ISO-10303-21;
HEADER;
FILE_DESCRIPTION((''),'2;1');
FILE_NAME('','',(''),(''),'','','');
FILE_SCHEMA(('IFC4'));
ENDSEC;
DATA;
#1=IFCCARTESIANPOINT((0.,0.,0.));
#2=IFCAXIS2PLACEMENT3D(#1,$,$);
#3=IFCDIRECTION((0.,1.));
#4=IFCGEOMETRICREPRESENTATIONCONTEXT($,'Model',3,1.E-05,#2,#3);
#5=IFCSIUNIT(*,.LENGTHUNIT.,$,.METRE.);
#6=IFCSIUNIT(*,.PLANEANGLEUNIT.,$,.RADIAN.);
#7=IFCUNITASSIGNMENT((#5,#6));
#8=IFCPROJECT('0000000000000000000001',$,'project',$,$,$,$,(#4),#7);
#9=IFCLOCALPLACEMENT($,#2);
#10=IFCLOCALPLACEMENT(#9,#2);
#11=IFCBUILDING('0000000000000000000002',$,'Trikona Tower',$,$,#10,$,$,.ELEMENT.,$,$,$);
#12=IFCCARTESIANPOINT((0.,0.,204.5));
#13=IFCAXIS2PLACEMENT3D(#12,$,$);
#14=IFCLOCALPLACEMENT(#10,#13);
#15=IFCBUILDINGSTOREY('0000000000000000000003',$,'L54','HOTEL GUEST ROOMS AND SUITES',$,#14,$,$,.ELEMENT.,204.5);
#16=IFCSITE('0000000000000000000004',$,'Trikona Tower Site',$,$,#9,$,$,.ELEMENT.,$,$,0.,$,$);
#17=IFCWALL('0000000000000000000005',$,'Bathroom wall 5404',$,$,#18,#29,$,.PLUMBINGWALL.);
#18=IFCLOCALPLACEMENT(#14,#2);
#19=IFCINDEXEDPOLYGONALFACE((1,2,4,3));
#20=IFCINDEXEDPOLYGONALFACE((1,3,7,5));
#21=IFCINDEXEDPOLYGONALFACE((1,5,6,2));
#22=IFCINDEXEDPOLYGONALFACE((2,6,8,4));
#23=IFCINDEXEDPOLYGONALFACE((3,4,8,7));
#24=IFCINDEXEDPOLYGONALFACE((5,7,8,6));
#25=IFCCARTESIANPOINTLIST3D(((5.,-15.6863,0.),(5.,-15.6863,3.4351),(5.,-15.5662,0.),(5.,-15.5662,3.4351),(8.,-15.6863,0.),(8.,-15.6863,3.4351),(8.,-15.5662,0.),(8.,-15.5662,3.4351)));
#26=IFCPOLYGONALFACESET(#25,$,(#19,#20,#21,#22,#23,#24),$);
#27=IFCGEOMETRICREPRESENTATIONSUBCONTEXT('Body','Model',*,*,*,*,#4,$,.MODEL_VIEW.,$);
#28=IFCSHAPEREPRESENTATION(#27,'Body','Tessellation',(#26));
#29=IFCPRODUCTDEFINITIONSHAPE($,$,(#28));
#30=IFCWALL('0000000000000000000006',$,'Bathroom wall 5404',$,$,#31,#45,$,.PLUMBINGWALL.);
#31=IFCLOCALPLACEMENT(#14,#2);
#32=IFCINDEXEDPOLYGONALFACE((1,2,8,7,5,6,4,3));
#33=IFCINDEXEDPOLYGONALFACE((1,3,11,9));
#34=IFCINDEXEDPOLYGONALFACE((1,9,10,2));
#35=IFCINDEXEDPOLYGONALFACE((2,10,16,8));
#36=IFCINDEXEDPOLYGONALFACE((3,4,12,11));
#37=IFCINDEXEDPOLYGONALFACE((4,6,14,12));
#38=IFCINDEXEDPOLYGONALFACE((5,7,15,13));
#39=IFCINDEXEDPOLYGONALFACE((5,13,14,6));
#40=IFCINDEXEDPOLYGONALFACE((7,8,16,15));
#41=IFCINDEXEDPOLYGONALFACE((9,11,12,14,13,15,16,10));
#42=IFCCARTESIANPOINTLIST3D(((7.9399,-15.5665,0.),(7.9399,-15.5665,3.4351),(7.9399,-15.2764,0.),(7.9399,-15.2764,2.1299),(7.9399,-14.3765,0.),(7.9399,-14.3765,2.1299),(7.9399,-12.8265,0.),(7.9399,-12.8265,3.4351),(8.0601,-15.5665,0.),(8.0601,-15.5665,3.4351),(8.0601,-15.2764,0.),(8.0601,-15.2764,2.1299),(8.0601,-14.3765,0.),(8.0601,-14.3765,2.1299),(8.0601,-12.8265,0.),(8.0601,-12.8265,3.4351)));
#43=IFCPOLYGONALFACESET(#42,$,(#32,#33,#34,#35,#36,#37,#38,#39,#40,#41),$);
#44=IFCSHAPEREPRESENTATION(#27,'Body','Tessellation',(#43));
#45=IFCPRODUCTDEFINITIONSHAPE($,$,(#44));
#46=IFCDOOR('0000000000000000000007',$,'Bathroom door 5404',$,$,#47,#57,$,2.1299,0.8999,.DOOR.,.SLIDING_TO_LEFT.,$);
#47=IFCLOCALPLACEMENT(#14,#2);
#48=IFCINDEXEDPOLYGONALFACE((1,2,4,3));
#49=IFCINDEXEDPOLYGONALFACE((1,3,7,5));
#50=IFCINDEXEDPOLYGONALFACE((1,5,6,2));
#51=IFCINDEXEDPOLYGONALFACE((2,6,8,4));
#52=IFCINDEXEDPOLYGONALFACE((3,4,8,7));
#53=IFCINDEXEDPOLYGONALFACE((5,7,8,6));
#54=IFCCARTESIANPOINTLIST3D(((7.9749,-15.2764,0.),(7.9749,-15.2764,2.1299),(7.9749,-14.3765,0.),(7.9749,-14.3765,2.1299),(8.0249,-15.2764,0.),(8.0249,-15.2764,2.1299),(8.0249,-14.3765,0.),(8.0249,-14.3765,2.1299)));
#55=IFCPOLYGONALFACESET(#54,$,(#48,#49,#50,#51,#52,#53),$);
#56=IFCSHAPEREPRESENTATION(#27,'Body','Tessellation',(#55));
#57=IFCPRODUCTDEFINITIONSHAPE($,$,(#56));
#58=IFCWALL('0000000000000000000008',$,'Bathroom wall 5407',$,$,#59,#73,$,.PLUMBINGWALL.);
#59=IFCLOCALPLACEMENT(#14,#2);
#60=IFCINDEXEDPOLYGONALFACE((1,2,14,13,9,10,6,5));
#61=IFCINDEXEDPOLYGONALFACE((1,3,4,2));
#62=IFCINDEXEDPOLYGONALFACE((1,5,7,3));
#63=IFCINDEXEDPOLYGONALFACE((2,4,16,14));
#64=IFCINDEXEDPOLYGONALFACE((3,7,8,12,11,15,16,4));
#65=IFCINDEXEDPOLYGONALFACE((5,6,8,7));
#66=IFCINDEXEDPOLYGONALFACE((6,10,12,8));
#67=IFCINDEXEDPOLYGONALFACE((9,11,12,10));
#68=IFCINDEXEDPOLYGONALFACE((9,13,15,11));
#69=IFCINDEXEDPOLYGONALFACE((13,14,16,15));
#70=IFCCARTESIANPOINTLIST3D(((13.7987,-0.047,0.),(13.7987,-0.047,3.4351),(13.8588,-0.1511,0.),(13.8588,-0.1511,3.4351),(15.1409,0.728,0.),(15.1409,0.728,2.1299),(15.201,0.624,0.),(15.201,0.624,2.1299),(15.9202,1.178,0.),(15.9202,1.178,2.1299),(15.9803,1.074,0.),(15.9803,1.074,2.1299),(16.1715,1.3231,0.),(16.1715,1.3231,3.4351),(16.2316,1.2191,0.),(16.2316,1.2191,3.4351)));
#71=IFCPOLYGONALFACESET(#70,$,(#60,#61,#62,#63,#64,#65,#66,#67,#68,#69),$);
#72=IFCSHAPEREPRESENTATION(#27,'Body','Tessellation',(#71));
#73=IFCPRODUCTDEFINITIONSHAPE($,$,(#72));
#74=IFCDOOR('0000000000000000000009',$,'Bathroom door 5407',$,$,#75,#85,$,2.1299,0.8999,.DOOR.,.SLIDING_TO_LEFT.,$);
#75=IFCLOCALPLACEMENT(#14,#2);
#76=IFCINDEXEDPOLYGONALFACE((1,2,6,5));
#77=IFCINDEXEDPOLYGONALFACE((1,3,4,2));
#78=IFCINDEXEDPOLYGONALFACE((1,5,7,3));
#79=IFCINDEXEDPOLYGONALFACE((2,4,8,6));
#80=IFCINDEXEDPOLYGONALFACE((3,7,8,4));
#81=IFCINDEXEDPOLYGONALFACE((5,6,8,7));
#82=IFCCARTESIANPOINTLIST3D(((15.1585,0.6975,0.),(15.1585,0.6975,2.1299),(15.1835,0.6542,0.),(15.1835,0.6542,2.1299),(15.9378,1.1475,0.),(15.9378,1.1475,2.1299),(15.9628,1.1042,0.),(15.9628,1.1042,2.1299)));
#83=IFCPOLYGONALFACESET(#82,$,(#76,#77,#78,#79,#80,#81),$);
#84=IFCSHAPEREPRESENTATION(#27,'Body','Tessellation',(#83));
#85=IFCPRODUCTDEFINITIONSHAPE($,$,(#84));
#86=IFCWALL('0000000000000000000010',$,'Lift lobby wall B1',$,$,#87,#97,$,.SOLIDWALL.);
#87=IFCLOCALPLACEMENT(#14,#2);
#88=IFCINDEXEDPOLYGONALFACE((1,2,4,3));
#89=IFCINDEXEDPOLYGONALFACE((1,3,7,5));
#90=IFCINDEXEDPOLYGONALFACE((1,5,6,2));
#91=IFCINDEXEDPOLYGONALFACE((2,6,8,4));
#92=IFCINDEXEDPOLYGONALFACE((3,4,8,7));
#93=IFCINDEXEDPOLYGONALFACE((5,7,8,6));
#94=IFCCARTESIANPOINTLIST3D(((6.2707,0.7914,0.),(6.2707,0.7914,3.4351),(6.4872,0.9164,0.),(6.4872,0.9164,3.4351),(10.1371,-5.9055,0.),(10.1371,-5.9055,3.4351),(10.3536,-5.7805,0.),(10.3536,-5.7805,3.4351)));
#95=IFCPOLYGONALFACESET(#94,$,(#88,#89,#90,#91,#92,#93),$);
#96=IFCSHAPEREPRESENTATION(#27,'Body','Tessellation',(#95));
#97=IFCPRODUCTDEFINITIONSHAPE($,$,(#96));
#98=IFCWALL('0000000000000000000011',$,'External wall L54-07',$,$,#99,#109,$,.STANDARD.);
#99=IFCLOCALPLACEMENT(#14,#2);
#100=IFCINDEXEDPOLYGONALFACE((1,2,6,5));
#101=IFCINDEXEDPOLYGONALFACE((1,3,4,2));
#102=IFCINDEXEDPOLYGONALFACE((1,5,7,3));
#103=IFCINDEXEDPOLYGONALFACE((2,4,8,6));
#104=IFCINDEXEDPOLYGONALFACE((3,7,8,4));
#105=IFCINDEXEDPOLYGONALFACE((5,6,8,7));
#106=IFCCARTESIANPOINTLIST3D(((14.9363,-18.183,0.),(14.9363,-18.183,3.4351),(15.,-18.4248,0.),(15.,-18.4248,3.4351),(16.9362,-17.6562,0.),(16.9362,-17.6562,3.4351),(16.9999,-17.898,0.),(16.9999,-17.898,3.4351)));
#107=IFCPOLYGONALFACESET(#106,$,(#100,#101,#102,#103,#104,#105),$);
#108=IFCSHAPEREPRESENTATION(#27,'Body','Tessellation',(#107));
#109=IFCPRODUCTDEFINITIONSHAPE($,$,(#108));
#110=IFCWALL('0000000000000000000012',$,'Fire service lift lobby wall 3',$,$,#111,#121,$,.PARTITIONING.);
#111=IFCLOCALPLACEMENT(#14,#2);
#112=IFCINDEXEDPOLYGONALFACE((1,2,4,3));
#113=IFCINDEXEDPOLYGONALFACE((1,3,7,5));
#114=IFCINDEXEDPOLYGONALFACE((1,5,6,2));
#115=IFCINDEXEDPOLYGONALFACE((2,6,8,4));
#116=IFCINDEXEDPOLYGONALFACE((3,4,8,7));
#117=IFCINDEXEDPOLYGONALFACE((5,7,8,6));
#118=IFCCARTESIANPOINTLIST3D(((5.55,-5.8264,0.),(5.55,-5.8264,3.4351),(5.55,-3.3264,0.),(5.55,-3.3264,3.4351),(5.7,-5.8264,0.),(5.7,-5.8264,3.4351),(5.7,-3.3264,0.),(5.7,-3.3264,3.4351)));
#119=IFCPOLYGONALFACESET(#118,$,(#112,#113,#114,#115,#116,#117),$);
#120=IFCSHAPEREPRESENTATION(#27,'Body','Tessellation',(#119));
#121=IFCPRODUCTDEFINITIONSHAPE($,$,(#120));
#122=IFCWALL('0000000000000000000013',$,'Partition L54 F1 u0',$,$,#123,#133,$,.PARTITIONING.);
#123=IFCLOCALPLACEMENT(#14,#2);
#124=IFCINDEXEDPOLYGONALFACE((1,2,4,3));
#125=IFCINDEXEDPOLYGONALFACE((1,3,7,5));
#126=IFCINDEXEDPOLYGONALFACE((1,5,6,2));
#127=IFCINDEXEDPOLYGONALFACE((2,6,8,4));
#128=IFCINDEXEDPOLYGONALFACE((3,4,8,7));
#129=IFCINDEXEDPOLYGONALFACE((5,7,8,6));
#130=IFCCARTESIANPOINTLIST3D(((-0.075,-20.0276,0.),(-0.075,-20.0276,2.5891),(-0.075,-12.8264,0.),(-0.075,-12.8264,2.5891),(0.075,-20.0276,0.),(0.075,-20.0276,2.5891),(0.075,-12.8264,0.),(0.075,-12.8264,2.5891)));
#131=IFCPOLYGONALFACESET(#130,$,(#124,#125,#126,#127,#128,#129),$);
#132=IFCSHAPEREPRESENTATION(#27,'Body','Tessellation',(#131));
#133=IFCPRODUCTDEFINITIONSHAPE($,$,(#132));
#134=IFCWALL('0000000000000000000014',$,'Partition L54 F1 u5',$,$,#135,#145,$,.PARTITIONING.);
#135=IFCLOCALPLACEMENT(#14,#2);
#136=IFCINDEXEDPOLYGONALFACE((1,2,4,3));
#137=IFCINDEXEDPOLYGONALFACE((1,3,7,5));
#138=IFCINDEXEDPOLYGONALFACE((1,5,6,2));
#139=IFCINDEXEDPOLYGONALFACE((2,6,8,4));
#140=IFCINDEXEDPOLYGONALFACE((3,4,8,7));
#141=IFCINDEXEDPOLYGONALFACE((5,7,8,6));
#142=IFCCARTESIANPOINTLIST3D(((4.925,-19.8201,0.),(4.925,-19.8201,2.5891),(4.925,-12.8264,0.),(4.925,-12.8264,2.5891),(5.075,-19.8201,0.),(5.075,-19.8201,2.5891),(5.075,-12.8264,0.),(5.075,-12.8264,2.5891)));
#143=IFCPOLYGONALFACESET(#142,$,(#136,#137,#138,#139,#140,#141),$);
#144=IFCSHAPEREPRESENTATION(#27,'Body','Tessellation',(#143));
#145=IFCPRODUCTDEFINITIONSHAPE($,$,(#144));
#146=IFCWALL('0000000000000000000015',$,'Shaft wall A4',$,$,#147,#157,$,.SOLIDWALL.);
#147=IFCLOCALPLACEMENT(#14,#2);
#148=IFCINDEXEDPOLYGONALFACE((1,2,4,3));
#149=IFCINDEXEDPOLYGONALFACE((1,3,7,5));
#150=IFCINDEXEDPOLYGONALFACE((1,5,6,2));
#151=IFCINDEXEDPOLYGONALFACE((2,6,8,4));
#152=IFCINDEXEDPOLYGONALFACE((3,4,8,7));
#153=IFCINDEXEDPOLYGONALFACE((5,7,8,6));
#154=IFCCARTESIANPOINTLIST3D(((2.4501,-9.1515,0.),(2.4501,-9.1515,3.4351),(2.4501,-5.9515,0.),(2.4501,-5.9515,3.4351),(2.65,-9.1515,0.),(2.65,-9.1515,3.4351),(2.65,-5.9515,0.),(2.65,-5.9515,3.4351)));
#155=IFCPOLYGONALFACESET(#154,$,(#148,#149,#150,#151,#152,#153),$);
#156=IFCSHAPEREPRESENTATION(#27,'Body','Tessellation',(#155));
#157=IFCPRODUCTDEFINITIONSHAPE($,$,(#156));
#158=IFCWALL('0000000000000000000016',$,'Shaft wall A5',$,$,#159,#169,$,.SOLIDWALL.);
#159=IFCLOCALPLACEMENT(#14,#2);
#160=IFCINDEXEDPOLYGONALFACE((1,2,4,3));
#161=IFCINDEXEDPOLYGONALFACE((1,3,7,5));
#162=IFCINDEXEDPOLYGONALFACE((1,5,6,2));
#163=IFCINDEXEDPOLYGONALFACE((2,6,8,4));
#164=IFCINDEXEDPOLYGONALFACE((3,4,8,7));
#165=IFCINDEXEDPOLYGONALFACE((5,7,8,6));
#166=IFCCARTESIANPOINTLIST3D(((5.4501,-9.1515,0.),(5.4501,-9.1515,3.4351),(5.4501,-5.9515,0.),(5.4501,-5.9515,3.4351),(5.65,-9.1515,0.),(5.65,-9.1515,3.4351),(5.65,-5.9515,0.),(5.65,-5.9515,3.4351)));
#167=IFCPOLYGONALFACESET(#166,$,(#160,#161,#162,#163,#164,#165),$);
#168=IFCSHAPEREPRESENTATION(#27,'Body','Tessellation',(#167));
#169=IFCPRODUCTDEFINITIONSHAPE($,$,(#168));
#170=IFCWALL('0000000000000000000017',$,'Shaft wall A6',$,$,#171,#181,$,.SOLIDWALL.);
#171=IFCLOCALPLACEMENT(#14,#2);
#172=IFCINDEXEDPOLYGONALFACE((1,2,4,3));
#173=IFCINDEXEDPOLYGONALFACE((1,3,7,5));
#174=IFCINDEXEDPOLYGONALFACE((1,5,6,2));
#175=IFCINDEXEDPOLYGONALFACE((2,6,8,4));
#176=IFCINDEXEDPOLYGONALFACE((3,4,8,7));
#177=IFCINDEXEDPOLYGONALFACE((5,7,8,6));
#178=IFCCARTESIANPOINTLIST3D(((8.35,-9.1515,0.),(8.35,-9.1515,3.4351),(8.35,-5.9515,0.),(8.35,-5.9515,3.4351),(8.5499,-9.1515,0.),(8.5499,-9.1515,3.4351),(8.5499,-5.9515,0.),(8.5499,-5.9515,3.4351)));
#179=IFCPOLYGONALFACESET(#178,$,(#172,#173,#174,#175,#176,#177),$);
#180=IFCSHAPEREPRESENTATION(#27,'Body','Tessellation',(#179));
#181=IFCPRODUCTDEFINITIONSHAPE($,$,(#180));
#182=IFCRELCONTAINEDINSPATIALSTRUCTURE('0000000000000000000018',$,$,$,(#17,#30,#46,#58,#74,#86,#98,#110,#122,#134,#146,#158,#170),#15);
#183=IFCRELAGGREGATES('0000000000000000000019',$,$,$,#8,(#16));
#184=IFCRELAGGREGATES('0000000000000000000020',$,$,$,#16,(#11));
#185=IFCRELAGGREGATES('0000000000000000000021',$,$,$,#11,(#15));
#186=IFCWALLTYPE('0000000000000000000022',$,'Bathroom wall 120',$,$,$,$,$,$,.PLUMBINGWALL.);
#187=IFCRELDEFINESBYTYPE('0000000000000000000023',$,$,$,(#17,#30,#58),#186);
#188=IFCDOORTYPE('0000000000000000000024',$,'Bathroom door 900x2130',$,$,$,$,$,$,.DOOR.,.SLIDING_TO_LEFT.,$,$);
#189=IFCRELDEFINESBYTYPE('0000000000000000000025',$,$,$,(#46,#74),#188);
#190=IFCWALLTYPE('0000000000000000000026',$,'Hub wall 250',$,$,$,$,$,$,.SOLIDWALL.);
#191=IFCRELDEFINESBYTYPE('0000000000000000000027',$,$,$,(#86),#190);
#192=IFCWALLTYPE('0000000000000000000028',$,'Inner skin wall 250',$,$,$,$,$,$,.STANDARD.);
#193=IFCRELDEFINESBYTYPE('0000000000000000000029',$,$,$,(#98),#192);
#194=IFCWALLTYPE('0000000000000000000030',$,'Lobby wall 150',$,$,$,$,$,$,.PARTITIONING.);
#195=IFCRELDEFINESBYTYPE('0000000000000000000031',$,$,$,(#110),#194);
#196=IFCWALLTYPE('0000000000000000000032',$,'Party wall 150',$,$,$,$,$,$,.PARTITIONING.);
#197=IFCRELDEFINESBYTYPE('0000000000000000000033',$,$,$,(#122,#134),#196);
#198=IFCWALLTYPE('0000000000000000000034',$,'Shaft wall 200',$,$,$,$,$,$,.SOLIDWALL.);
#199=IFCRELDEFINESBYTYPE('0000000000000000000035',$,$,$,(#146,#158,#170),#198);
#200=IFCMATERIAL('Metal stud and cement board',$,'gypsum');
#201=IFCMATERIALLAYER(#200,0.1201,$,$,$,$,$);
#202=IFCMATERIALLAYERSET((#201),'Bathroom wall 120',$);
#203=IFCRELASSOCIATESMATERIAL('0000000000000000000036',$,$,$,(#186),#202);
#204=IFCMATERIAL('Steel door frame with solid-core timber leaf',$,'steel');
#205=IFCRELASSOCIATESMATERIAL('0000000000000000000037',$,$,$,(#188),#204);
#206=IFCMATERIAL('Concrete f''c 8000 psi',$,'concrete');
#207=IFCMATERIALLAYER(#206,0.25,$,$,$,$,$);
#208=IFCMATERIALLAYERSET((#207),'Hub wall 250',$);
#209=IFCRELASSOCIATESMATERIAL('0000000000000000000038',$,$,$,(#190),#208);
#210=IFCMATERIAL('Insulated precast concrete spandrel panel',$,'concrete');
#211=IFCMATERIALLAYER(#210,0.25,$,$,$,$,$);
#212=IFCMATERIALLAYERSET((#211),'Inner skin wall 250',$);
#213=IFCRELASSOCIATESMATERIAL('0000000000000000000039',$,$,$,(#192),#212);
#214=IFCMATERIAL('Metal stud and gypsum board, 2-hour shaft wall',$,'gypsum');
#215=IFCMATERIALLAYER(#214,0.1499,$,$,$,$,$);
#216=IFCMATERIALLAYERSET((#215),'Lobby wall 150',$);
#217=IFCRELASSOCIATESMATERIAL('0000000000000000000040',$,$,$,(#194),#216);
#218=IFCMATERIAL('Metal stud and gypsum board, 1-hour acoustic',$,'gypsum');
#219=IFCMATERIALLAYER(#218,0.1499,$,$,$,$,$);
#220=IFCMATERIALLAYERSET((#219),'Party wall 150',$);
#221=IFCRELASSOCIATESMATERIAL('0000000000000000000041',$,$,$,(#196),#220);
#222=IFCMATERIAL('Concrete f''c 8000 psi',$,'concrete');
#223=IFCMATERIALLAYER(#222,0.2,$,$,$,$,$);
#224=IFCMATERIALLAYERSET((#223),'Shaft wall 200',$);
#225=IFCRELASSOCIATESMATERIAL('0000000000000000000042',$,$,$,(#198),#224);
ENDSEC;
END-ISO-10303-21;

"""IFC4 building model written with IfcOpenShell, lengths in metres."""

from ifc_helpers import new_model, si_unit, direction, frame, frame_2d, origin, place, context, subcontext, project, spatial, rectangle, extrude, material, layer, layer_set, type_object, element, fill, save


model = new_model("IFC4")

# Units and contexts
model_context = context("Model", 3, precision=1e-05, world=origin(), true_north=direction((0.0, 1.0)))
body_context = subcontext(model_context, "Body", "Model", "MODEL_VIEW")
ifc_project = project(units=[si_unit("LENGTHUNIT", "METRE"), si_unit("PLANEANGLEUNIT", "RADIAN")], contexts=[model_context])

# Site, building, storey
site_placement = place(None, origin())
site = spatial("IfcSite", under=ifc_project, at=site_placement, Name="Trikona Tower Site", CompositionType="ELEMENT", RefElevation=0.0)
building_placement = place(site_placement, origin())
building = spatial("IfcBuilding", under=site, at=building_placement, Name="Trikona Tower", CompositionType="ELEMENT")
storey_placement = place(building_placement, frame((0.0, 0.0, 204.5)))
storey = spatial("IfcBuildingStorey", under=building, at=storey_placement, Name="L54", Description="HOTEL GUEST ROOMS AND SUITES", CompositionType="ELEMENT", Elevation=204.5)

# Wall
ifc_material_1 = material(Name="Metal stud and cement board", Category="gypsum")
ifc_layer_1 = layer(ifc_material_1, 0.1201)
ifc_layer_set_1 = layer_set([ifc_layer_1], Name="Bathroom wall 120")
wall_type_1 = type_object("IfcWallType", Name="Bathroom wall 120", PredefinedType="PLUMBINGWALL", material=ifc_layer_set_1)
wall_1_placement = place(storey_placement, frame((5.0, -15.6262, 0.0), z_axis=(0.0, 0.0, 1.0), x_axis=(1.0, 0.0, 0.0)))
element("IfcWall", 1, at=wall_1_placement, inside=storey, type_object=wall_type_1, Name="Bathroom wall 5404", PredefinedType="PLUMBINGWALL", context=body_context, shape_type="SweptSolid", body=[
    extrude(rectangle(XDim=3.0, YDim=0.1201, at=frame_2d((1.5, 0.0))), origin(), (0.0, 0.0, 1.0), 3.4351),
])

# Walls, openings, doors
wall_2_placement = place(storey_placement, frame((8.0, -12.8264, 0.0), z_axis=(0.0, 0.0, 1.0), x_axis=(0.0, -1.0, 0.0)))
wall_2 = element("IfcWall", 2, at=wall_2_placement, inside=storey, type_object=wall_type_1, Name="Bathroom wall 5404", PredefinedType="PLUMBINGWALL", context=body_context, shape_type="SweptSolid", body=[
    extrude(rectangle(XDim=2.74, YDim=0.1201, at=frame_2d((1.3701, 0.0))), origin(), (0.0, 0.0, 1.0), 3.4351),
])
opening_1_placement = place(wall_2_placement, frame((1.55, 0.0, 0.0)))
opening_1 = element("IfcOpeningElement", 3, at=opening_1_placement, cuts=wall_2, PredefinedType="OPENING", context=body_context, shape_type="SweptSolid", body=[
    extrude(rectangle(XDim=0.8999, YDim=2.1299, at=frame_2d((0.45, 1.0649))), frame((0.0, 0.0701, 0.0), z_axis=(0.0, -1.0, 0.0), x_axis=(1.0, 0.0, 0.0)), (0.0, 0.0, 1.0), 0.1401),
])
ifc_material_2 = material(Name="Steel door frame with solid-core timber leaf", Category="steel")
door_type_1 = type_object("IfcDoorType", Name="Bathroom door 900x2130", OperationType="SLIDING_TO_LEFT", PredefinedType="DOOR", material=ifc_material_2)
door_1_placement = place(opening_1_placement, origin())
door_1 = element("IfcDoor", 4, at=door_1_placement, inside=storey, type_object=door_type_1, Name="Bathroom door 5404", OperationType="SLIDING_TO_LEFT", OverallHeight=2.1299, OverallWidth=0.8999, PredefinedType="DOOR", context=body_context, shape_type="SweptSolid", body=[
    extrude(rectangle(XDim=0.8999, YDim=2.1299, at=frame_2d((0.45, 1.0649))), frame((0.0, 0.0249, 0.0), z_axis=(0.0, -1.0, 0.0), x_axis=(1.0, 0.0, 0.0)), (0.0, 0.0, 1.0), 0.05),
])
fill(opening_1, door_1)
wall_3_placement = place(storey_placement, frame((13.8286, -0.0991, 0.0), z_axis=(0.0, 0.0, 1.0), x_axis=(0.865997, 0.500049, 0.0)))
wall_3 = element("IfcWall", 5, at=wall_3_placement, inside=storey, type_object=wall_type_1, Name="Bathroom wall 5407", PredefinedType="PLUMBINGWALL", context=body_context, shape_type="SweptSolid", body=[
    extrude(rectangle(XDim=2.74, YDim=0.1201, at=frame_2d((1.3701, 0.0))), origin(), (0.0, 0.0, 1.0), 3.4351),
])
opening_2_placement = place(wall_3_placement, frame((1.55, 0.0, 0.0)))
opening_2 = element("IfcOpeningElement", 6, at=opening_2_placement, cuts=wall_3, PredefinedType="OPENING", context=body_context, shape_type="SweptSolid", body=[
    extrude(rectangle(XDim=0.8999, YDim=2.1299, at=frame_2d((0.45, 1.0649))), frame((0.0, 0.0701, 0.0), z_axis=(0.0, -1.0, 0.0), x_axis=(1.0, 0.0, 0.0)), (0.0, 0.0, 1.0), 0.1401),
])
door_2_placement = place(opening_2_placement, origin())
door_2 = element("IfcDoor", 7, at=door_2_placement, inside=storey, type_object=door_type_1, Name="Bathroom door 5407", OperationType="SLIDING_TO_LEFT", OverallHeight=2.1299, OverallWidth=0.8999, PredefinedType="DOOR", context=body_context, shape_type="SweptSolid", body=[
    extrude(rectangle(XDim=0.8999, YDim=2.1299, at=frame_2d((0.45, 1.0649))), frame((0.0, 0.0249, 0.0), z_axis=(0.0, -1.0, 0.0), x_axis=(1.0, 0.0, 0.0)), (0.0, 0.0, 1.0), 0.05),
])
fill(opening_2, door_2)

# Walls
ifc_material_3 = material(Name="Concrete f'c 8000 psi", Category="concrete")
ifc_layer_2 = layer(ifc_material_3, 0.25)
ifc_layer_set_2 = layer_set([ifc_layer_2], Name="Hub wall 250")
wall_type_2 = type_object("IfcWallType", Name="Hub wall 250", PredefinedType="SOLIDWALL", material=ifc_layer_set_2)
wall_4_placement = place(storey_placement, frame((10.2454, -5.843, 0.0), z_axis=(0.0, 0.0, 1.0), x_axis=(-0.499993, 0.866029, 0.0)))
element("IfcWall", 8, at=wall_4_placement, inside=storey, type_object=wall_type_2, Name="Lift lobby wall B1", PredefinedType="SOLIDWALL", context=body_context, shape_type="SweptSolid", body=[
    extrude(rectangle(XDim=7.7329, YDim=0.25, at=frame_2d((3.8665, 0.0))), origin(), (0.0, 0.0, 1.0), 3.4351),
])
ifc_material_4 = material(Name="Insulated precast concrete spandrel panel", Category="concrete")
ifc_layer_3 = layer(ifc_material_4, 0.25)
ifc_layer_set_3 = layer_set([ifc_layer_3], Name="Inner skin wall 250")
wall_type_3 = type_object("IfcWallType", Name="Inner skin wall 250", PredefinedType="STANDARD", material=ifc_layer_set_3)
wall_5_placement = place(storey_placement, frame((14.968, -18.304, 0.0), z_axis=(0.0, 0.0, 1.0), x_axis=(0.96701, 0.254737, 0.0)))
element("IfcWall", 9, at=wall_5_placement, inside=storey, type_object=wall_type_3, Name="External wall L54-07", PredefinedType="STANDARD", context=body_context, shape_type="SweptSolid", body=[
    extrude(rectangle(XDim=2.0681, YDim=0.25, at=frame_2d((1.0342, 0.0))), origin(), (0.0, 0.0, 1.0), 3.4351),
])
ifc_material_5 = material(Name="Metal stud and gypsum board, 2-hour shaft wall", Category="gypsum")
ifc_layer_4 = layer(ifc_material_5, 0.1499)
ifc_layer_set_4 = layer_set([ifc_layer_4], Name="Lobby wall 150")
wall_type_4 = type_object("IfcWallType", Name="Lobby wall 150", PredefinedType="PARTITIONING", material=ifc_layer_set_4)
wall_6_placement = place(storey_placement, frame((5.625, -5.8264, 0.0), z_axis=(0.0, 0.0, 1.0), x_axis=(0.0, 1.0, 0.0)))
element("IfcWall", 10, at=wall_6_placement, inside=storey, type_object=wall_type_4, Name="Fire service lift lobby wall 3", PredefinedType="PARTITIONING", context=body_context, shape_type="SweptSolid", body=[
    extrude(rectangle(XDim=2.5, YDim=0.1499, at=frame_2d((1.25, 0.0))), origin(), (0.0, 0.0, 1.0), 3.4351),
])
ifc_material_6 = material(Name="Metal stud and gypsum board, 1-hour acoustic", Category="gypsum")
ifc_layer_5 = layer(ifc_material_6, 0.1499)
ifc_layer_set_5 = layer_set([ifc_layer_5], Name="Party wall 150")
wall_type_5 = type_object("IfcWallType", Name="Party wall 150", PredefinedType="PARTITIONING", material=ifc_layer_set_5)
wall_7_placement = place(storey_placement, frame((0.0, -12.8264, 0.0), z_axis=(0.0, 0.0, 1.0), x_axis=(0.0, -1.0, 0.0)))
element("IfcWall", 11, at=wall_7_placement, inside=storey, type_object=wall_type_5, Name="Partition L54 F1 u0", PredefinedType="PARTITIONING", context=body_context, shape_type="SweptSolid", body=[
    extrude(rectangle(XDim=7.2012, YDim=0.1499, at=frame_2d((3.6006, 0.0))), origin(), (0.0, 0.0, 1.0), 2.5891),
])
wall_8_placement = place(storey_placement, frame((5.0, -12.8264, 0.0), z_axis=(0.0, 0.0, 1.0), x_axis=(0.0, -1.0, 0.0)))
element("IfcWall", 12, at=wall_8_placement, inside=storey, type_object=wall_type_5, Name="Partition L54 F1 u5", PredefinedType="PARTITIONING", context=body_context, shape_type="SweptSolid", body=[
    extrude(rectangle(XDim=6.9937, YDim=0.1499, at=frame_2d((3.4968, 0.0))), origin(), (0.0, 0.0, 1.0), 2.5891),
])
ifc_material_7 = material(Name="Concrete f'c 8000 psi", Category="concrete")
ifc_layer_6 = layer(ifc_material_7, 0.2)
ifc_layer_set_6 = layer_set([ifc_layer_6], Name="Shaft wall 200")
wall_type_6 = type_object("IfcWallType", Name="Shaft wall 200", PredefinedType="SOLIDWALL", material=ifc_layer_set_6)
for number, where, z_axis, x_axis, name in (
    (13, (2.55, -5.9514, 0.0), (0.0, 0.0, 1.0), (0.0, -1.0, 0.0), "Shaft wall A4"),
    (14, (5.55, -5.9514, 0.0), (0.0, 0.0, 1.0), (0.0, -1.0, 0.0), "Shaft wall A5"),
    (15, (8.45, -5.9514, 0.0), (0.0, 0.0, 1.0), (0.0, -1.0, 0.0), "Shaft wall A6"),
):
    element("IfcWall", number, at=place(storey_placement, frame(where, z_axis=z_axis, x_axis=x_axis)), inside=storey, type_object=wall_type_6, Name=name, PredefinedType="SOLIDWALL", context=body_context, shape_type="SweptSolid", body=[
        extrude(rectangle(XDim=3.2, YDim=0.2, at=frame_2d((1.6001, 0.0))), origin(), (0.0, 0.0, 1.0), 3.4351),
    ])

save(model, "model.ifc")
